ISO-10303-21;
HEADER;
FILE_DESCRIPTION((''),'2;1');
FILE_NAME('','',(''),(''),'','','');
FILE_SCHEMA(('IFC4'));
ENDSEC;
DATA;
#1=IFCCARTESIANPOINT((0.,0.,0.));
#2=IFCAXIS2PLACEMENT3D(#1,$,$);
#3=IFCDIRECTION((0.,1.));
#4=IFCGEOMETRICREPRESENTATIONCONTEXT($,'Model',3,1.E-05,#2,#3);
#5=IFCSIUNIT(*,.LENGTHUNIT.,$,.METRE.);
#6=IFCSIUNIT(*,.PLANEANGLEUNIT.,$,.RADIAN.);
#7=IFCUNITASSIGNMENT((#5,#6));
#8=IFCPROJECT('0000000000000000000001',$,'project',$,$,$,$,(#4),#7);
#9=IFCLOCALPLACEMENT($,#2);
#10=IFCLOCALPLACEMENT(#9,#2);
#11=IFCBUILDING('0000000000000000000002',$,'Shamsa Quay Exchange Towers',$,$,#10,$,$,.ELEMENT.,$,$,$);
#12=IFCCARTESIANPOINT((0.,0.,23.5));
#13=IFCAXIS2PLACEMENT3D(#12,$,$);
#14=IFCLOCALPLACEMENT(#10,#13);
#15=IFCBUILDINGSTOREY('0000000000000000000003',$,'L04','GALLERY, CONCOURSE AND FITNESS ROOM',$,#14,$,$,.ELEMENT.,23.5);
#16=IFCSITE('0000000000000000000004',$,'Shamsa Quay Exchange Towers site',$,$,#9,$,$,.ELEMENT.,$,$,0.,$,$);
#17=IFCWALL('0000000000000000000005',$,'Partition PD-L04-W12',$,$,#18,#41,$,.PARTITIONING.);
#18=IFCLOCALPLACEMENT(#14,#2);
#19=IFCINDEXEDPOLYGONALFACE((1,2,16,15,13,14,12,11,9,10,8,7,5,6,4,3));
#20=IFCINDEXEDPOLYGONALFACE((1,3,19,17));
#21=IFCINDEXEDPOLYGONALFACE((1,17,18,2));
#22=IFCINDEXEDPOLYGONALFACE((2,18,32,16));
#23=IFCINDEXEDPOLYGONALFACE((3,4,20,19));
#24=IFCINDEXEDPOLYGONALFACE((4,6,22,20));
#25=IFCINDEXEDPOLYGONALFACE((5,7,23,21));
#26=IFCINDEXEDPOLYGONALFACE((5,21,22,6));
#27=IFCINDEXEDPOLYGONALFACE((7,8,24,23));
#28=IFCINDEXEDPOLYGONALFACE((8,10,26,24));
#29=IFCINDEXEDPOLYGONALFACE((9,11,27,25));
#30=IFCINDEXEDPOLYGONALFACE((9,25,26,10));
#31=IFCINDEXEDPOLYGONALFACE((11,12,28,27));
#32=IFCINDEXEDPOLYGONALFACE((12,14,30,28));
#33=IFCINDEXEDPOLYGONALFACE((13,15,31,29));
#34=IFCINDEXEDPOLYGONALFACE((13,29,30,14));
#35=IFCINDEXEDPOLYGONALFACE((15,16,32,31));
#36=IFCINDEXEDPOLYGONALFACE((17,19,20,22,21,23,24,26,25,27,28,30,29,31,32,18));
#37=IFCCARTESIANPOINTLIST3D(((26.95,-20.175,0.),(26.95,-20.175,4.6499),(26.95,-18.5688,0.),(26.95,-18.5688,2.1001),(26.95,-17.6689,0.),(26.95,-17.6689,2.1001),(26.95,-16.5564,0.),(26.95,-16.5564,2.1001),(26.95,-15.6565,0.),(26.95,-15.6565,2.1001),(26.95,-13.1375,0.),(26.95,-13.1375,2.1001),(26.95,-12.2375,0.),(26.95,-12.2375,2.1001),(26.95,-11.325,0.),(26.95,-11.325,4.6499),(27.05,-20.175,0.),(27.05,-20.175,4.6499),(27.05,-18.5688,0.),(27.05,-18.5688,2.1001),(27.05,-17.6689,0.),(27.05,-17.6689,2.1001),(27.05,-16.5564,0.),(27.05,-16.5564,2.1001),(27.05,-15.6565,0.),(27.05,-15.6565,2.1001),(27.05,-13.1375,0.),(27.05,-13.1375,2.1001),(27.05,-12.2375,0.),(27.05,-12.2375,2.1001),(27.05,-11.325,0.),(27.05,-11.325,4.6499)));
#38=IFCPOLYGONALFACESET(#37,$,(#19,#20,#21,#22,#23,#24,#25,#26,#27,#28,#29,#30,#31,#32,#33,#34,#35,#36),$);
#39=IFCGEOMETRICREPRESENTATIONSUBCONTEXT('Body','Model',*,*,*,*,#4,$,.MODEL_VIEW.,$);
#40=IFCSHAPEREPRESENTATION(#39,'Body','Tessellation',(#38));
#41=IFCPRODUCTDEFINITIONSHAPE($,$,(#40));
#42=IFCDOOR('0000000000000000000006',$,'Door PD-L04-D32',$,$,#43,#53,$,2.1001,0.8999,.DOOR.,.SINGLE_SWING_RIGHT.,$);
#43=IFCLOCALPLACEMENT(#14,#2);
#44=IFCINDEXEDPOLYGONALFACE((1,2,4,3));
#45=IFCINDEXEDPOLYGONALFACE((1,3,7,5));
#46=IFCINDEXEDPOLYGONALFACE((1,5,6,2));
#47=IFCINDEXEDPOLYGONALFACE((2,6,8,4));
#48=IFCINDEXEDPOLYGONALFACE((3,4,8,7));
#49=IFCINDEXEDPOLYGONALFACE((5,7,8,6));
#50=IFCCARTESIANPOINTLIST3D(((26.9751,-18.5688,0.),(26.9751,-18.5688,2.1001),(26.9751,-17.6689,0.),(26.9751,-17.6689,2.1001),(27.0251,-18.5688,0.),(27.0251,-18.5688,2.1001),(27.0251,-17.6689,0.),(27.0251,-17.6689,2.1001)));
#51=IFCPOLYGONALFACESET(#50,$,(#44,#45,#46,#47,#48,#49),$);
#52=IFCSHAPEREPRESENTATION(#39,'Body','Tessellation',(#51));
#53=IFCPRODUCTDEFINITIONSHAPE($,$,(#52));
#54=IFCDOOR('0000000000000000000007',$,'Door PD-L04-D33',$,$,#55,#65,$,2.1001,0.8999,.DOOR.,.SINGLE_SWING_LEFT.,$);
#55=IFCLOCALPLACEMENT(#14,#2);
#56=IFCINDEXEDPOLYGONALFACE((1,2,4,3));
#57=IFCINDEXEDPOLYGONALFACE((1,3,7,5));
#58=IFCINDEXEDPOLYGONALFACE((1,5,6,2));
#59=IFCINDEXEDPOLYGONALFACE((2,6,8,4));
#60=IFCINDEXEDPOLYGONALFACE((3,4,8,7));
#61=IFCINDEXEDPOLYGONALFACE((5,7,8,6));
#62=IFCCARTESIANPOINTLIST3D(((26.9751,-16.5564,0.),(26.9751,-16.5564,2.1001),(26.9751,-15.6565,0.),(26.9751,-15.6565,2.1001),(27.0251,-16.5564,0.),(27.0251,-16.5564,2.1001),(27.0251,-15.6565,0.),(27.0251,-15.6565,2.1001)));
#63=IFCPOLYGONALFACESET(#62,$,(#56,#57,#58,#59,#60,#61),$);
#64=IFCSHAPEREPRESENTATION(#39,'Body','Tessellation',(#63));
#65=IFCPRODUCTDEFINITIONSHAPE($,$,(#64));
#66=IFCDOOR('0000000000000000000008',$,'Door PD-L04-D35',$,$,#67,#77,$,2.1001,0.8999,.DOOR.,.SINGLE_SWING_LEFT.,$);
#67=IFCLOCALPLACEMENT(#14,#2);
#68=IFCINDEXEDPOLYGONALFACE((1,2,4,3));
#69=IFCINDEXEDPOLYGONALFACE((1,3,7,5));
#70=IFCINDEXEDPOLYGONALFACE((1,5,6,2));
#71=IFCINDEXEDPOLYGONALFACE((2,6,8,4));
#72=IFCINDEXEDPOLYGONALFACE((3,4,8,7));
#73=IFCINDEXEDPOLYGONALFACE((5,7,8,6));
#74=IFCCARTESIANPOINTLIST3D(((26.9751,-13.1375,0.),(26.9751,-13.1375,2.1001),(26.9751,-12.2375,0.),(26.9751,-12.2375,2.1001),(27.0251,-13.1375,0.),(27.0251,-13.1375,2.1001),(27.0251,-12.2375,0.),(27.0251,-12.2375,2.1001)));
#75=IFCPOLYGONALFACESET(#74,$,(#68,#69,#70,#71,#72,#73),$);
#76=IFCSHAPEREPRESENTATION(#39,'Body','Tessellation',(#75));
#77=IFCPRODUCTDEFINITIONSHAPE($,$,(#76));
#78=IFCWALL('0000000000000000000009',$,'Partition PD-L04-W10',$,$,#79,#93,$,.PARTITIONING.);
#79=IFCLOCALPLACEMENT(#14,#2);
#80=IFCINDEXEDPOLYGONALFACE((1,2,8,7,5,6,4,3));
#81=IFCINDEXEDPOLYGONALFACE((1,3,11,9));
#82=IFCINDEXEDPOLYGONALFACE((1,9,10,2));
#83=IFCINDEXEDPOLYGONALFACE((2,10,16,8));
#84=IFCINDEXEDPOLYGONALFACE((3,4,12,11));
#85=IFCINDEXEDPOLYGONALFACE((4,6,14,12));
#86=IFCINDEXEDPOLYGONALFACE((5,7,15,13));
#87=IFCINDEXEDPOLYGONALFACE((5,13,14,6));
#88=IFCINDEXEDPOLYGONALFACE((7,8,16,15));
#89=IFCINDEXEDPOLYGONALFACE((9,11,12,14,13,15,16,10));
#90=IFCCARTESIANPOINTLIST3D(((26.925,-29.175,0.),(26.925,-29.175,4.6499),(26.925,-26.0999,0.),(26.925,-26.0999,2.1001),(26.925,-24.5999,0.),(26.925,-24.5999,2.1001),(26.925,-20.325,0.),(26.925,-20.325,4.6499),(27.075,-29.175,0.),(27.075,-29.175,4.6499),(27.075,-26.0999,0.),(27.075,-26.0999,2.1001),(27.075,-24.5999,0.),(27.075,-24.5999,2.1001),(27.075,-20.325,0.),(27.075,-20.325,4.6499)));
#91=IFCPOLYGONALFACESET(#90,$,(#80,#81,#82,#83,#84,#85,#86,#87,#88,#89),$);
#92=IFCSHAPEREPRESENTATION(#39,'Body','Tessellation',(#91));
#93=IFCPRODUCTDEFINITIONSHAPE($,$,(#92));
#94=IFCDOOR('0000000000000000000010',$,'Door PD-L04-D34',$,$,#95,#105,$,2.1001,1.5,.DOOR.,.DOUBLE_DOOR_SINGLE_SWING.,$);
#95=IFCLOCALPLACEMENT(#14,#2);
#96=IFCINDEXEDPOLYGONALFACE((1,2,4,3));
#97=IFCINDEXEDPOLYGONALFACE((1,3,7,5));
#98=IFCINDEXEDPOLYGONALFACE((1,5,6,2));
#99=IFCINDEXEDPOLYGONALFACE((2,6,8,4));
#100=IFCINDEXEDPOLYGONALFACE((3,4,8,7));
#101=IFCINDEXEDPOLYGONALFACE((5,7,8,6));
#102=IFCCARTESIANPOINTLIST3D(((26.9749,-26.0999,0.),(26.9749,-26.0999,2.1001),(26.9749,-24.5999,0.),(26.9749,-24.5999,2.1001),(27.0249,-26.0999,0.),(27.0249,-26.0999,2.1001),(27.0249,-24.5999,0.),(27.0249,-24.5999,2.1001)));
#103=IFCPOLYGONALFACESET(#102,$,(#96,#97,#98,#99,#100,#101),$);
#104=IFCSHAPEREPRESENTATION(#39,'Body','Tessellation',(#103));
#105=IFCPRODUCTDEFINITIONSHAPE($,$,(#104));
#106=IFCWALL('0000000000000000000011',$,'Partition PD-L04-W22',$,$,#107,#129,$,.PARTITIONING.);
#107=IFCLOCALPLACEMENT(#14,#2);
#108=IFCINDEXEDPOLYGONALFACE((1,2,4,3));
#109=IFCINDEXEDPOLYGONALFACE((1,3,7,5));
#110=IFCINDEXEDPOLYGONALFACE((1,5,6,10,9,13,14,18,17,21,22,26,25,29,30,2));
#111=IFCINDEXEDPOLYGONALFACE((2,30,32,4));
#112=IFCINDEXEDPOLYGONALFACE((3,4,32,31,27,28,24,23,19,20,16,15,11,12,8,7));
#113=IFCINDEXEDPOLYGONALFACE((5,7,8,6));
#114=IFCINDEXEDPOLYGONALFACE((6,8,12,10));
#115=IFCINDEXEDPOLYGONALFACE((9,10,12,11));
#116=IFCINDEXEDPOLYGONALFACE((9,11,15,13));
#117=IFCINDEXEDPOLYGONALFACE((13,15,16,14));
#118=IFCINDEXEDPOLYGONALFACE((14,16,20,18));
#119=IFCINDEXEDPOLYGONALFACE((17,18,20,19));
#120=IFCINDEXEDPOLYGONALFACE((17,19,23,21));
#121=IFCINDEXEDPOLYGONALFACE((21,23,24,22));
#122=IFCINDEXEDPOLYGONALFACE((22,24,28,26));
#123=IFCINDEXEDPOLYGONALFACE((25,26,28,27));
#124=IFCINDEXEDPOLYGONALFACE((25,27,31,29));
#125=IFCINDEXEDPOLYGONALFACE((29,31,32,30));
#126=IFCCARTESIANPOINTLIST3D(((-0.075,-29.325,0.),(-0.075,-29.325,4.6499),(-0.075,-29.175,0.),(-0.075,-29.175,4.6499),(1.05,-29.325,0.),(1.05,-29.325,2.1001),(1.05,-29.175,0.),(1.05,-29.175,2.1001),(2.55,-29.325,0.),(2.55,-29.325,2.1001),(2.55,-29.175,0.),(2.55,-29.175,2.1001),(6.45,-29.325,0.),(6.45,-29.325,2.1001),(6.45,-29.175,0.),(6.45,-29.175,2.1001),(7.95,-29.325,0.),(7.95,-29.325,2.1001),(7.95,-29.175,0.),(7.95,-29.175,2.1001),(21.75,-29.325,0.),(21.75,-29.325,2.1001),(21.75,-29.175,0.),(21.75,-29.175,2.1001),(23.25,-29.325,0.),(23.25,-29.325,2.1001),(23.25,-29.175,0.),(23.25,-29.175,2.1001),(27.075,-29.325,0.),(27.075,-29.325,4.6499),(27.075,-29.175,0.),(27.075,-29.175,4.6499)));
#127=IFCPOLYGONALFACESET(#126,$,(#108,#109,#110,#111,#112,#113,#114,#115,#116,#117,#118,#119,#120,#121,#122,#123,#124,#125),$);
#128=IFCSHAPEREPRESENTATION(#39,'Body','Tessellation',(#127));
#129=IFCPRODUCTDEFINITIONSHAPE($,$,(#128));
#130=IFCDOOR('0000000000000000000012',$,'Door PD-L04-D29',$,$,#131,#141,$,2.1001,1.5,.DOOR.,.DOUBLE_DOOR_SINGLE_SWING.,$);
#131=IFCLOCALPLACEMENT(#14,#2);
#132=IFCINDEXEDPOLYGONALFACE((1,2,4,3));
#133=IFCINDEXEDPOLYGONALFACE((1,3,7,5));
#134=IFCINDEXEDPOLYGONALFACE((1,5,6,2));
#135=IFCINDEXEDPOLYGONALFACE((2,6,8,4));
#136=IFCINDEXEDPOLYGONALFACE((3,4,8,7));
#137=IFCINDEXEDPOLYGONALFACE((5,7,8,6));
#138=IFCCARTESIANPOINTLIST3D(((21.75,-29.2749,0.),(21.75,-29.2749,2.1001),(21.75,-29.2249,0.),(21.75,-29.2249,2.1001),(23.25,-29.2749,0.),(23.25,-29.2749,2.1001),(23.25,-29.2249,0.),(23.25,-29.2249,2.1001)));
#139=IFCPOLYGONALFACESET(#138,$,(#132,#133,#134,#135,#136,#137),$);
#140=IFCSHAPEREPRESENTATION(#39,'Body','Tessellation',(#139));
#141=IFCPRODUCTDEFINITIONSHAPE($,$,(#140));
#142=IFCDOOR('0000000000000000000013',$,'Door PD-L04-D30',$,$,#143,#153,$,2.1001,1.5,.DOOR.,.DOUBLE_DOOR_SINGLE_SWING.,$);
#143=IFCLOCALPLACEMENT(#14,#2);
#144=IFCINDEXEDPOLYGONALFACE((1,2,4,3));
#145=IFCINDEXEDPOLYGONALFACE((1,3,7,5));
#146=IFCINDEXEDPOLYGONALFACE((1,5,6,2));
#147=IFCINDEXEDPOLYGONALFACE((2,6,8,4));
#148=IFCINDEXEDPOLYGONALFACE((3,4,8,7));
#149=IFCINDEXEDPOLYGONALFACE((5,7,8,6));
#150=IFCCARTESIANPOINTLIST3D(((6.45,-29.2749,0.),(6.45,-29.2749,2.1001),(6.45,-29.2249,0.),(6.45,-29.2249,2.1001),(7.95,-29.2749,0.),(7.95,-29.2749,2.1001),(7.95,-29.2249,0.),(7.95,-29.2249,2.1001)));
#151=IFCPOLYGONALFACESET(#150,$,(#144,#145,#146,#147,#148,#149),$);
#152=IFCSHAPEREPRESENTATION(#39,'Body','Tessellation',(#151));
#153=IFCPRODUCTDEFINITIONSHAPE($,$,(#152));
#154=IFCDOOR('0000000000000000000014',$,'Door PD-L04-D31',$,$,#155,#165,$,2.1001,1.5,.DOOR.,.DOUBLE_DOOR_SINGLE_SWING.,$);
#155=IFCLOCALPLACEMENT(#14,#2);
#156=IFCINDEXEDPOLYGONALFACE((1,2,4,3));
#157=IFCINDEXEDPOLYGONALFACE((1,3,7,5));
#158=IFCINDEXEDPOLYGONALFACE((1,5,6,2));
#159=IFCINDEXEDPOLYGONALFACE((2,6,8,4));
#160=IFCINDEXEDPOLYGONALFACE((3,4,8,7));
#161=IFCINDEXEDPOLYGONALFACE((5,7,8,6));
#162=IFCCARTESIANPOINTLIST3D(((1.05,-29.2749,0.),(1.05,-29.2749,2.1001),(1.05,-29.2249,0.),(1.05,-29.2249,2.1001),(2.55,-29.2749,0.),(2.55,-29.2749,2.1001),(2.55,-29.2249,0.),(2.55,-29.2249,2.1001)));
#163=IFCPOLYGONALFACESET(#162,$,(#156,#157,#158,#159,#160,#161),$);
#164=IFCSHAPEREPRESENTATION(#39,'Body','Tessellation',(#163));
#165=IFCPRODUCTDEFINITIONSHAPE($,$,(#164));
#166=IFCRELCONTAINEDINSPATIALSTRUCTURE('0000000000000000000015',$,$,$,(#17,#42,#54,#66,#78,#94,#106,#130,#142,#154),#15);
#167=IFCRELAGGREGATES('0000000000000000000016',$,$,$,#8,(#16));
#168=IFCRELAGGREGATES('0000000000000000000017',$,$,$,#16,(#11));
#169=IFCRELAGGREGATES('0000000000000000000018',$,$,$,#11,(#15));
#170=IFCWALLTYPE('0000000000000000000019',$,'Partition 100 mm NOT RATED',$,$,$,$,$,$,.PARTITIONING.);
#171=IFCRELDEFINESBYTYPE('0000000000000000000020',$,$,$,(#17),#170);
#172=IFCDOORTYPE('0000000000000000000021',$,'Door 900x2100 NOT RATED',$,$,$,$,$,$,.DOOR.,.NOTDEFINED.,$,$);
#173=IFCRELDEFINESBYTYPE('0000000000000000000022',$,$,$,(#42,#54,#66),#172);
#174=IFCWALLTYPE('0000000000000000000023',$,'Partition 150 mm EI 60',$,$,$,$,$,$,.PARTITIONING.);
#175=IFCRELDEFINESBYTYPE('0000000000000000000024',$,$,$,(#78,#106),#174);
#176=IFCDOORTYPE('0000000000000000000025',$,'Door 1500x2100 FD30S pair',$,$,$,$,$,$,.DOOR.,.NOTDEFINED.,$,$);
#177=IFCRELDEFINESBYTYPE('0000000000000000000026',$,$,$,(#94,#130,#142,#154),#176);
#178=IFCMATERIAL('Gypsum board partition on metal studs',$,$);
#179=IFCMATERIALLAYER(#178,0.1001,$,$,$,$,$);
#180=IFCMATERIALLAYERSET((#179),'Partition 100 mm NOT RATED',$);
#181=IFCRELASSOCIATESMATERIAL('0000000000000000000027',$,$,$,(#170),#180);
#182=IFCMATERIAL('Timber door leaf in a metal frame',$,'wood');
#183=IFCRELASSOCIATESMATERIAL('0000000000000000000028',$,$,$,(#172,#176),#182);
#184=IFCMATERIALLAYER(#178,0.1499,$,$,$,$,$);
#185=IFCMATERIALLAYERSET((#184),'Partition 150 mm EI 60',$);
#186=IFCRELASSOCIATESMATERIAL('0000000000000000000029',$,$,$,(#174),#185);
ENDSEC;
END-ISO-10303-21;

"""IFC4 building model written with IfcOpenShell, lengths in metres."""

from ifc_helpers import new_model, si_unit, direction, frame, frame_2d, origin, place, context, subcontext, project, spatial, rectangle, extrude, material, layer, layer_set, type_object, element, fill, save


model = new_model("IFC4")

# Units and contexts
model_context = context("Model", 3, precision=1e-05, world=origin(), true_north=direction((0.0, 1.0)))
body_context = subcontext(model_context, "Body", "Model", "MODEL_VIEW")
ifc_project = project(units=[si_unit("LENGTHUNIT", "METRE"), si_unit("PLANEANGLEUNIT", "RADIAN")], contexts=[model_context])

# Site, building, storey
site_placement = place(None, origin())
site = spatial("IfcSite", under=ifc_project, at=site_placement, Name="Shamsa Quay Exchange Towers site", CompositionType="ELEMENT", RefElevation=0.0)
building_placement = place(site_placement, origin())
building = spatial("IfcBuilding", under=site, at=building_placement, Name="Shamsa Quay Exchange Towers", CompositionType="ELEMENT")
storey_placement = place(building_placement, frame((0.0, 0.0, 23.5)))
storey = spatial("IfcBuildingStorey", under=building, at=storey_placement, Name="L04", Description="GALLERY, CONCOURSE AND FITNESS ROOM", CompositionType="ELEMENT", Elevation=23.5)

# Wall, openings, doors
ifc_material_1 = material(Name="Gypsum board partition on metal studs")
ifc_layer_1 = layer(ifc_material_1, 0.1001)
ifc_layer_set_1 = layer_set([ifc_layer_1], Name="Partition 100 mm NOT RATED")
wall_type_1 = type_object("IfcWallType", Name="Partition 100 mm NOT RATED", PredefinedType="PARTITIONING", material=ifc_layer_set_1)
wall_1_placement = place(storey_placement, frame((27.0, -20.175, 0.0), z_axis=(0.0, 0.0, 1.0), x_axis=(0.0, 1.0, 0.0)))
wall_1 = element("IfcWall", 1, at=wall_1_placement, inside=storey, type_object=wall_type_1, Name="Partition PD-L04-W12", PredefinedType="PARTITIONING", context=body_context, shape_type="SweptSolid", body=[
    extrude(rectangle(XDim=8.8501, YDim=0.1001, at=frame_2d((4.425, 0.0))), origin(), (0.0, 0.0, 1.0), 4.6499),
])
opening_1_placement = place(wall_1_placement, frame((1.6062, 0.0, 0.0)))
opening_1 = element("IfcOpeningElement", 2, at=opening_1_placement, cuts=wall_1, PredefinedType="OPENING", context=body_context, shape_type="SweptSolid", body=[
    extrude(rectangle(XDim=0.8999, YDim=2.1001, at=frame_2d((0.45, 1.05))), frame((0.0, 0.0601, 0.0), z_axis=(0.0, -1.0, 0.0), x_axis=(1.0, 0.0, 0.0)), (0.0, 0.0, 1.0), 0.1201),
])
opening_2_placement = place(wall_1_placement, frame((3.6187, 0.0, 0.0)))
opening_2 = element("IfcOpeningElement", 3, at=opening_2_placement, cuts=wall_1, PredefinedType="OPENING", context=body_context, shape_type="SweptSolid", body=[
    extrude(rectangle(XDim=0.8999, YDim=2.1001, at=frame_2d((0.45, 1.05))), frame((0.0, 0.0601, 0.0), z_axis=(0.0, -1.0, 0.0), x_axis=(1.0, 0.0, 0.0)), (0.0, 0.0, 1.0), 0.1201),
])
opening_3_placement = place(wall_1_placement, frame((7.0376, 0.0, 0.0)))
opening_3 = element("IfcOpeningElement", 4, at=opening_3_placement, cuts=wall_1, PredefinedType="OPENING", context=body_context, shape_type="SweptSolid", body=[
    extrude(rectangle(XDim=0.8999, YDim=2.1001, at=frame_2d((0.45, 1.05))), frame((0.0, 0.0601, 0.0), z_axis=(0.0, -1.0, 0.0), x_axis=(1.0, 0.0, 0.0)), (0.0, 0.0, 1.0), 0.1201),
])
ifc_material_2 = material(Name="Timber door leaf in a metal frame", Category="wood")
door_type_1 = type_object("IfcDoorType", Name="Door 900x2100 NOT RATED", OperationType="NOTDEFINED", PredefinedType="DOOR", material=ifc_material_2)
door_1_placement = place(opening_1_placement, origin())
door_1 = element("IfcDoor", 5, at=door_1_placement, inside=storey, type_object=door_type_1, Name="Door PD-L04-D32", OperationType="SINGLE_SWING_RIGHT", OverallHeight=2.1001, OverallWidth=0.8999, PredefinedType="DOOR", context=body_context, shape_type="SweptSolid", body=[
    extrude(rectangle(XDim=0.8999, YDim=2.1001, at=frame_2d((0.45, 1.05))), frame((0.0, 0.0249, 0.0), z_axis=(0.0, -1.0, 0.0), x_axis=(1.0, 0.0, 0.0)), (0.0, 0.0, 1.0), 0.05),
])
fill(opening_1, door_1)
door_2_placement = place(opening_2_placement, origin())
door_2 = element("IfcDoor", 6, at=door_2_placement, inside=storey, type_object=door_type_1, Name="Door PD-L04-D33", OperationType="SINGLE_SWING_LEFT", OverallHeight=2.1001, OverallWidth=0.8999, PredefinedType="DOOR", context=body_context, shape_type="SweptSolid", body=[
    extrude(rectangle(XDim=0.8999, YDim=2.1001, at=frame_2d((0.45, 1.05))), frame((0.0, 0.0249, 0.0), z_axis=(0.0, -1.0, 0.0), x_axis=(1.0, 0.0, 0.0)), (0.0, 0.0, 1.0), 0.05),
])
fill(opening_2, door_2)
door_3_placement = place(opening_3_placement, origin())
door_3 = element("IfcDoor", 7, at=door_3_placement, inside=storey, type_object=door_type_1, Name="Door PD-L04-D35", OperationType="SINGLE_SWING_LEFT", OverallHeight=2.1001, OverallWidth=0.8999, PredefinedType="DOOR", context=body_context, shape_type="SweptSolid", body=[
    extrude(rectangle(XDim=0.8999, YDim=2.1001, at=frame_2d((0.45, 1.05))), frame((0.0, 0.0249, 0.0), z_axis=(0.0, -1.0, 0.0), x_axis=(1.0, 0.0, 0.0)), (0.0, 0.0, 1.0), 0.05),
])
fill(opening_3, door_3)

# Wall, opening, door
ifc_layer_2 = layer(ifc_material_1, 0.1499)
ifc_layer_set_2 = layer_set([ifc_layer_2], Name="Partition 150 mm EI 60")
wall_type_2 = type_object("IfcWallType", Name="Partition 150 mm EI 60", PredefinedType="PARTITIONING", material=ifc_layer_set_2)
wall_2_placement = place(storey_placement, frame((27.0, -20.325, 0.0), z_axis=(0.0, 0.0, 1.0), x_axis=(0.0, -1.0, 0.0)))
wall_2 = element("IfcWall", 8, at=wall_2_placement, inside=storey, type_object=wall_type_2, Name="Partition PD-L04-W10", PredefinedType="PARTITIONING", context=body_context, shape_type="SweptSolid", body=[
    extrude(rectangle(XDim=8.8501, YDim=0.1499, at=frame_2d((4.425, 0.0))), origin(), (0.0, 0.0, 1.0), 4.6499),
])
opening_4_placement = place(wall_2_placement, frame((4.2749, 0.0, 0.0)))
opening_4 = element("IfcOpeningElement", 9, at=opening_4_placement, cuts=wall_2, PredefinedType="OPENING", context=body_context, shape_type="SweptSolid", body=[
    extrude(rectangle(XDim=1.5, YDim=2.1001, at=frame_2d((0.75, 1.05))), frame((0.0, 0.085, 0.0), z_axis=(0.0, -1.0, 0.0), x_axis=(1.0, 0.0, 0.0)), (0.0, 0.0, 1.0), 0.1699),
])
door_type_2 = type_object("IfcDoorType", Name="Door 1500x2100 FD30S pair", OperationType="NOTDEFINED", PredefinedType="DOOR", material=ifc_material_2)
door_4_placement = place(opening_4_placement, origin())
door_4 = element("IfcDoor", 10, at=door_4_placement, inside=storey, type_object=door_type_2, Name="Door PD-L04-D34", OperationType="DOUBLE_DOOR_SINGLE_SWING", OverallHeight=2.1001, OverallWidth=1.5, PredefinedType="DOOR", context=body_context, shape_type="SweptSolid", body=[
    extrude(rectangle(XDim=1.5, YDim=2.1001, at=frame_2d((0.75, 1.05))), frame((0.0, 0.0249, 0.0), z_axis=(0.0, -1.0, 0.0), x_axis=(1.0, 0.0, 0.0)), (0.0, 0.0, 1.0), 0.05),
])
fill(opening_4, door_4)

# Wall, openings, doors
wall_3_placement = place(storey_placement, frame((27.075, -29.25, 0.0), z_axis=(0.0, 0.0, 1.0), x_axis=(-1.0, 0.0, 0.0)))
wall_3 = element("IfcWall", 11, at=wall_3_placement, inside=storey, type_object=wall_type_2, Name="Partition PD-L04-W22", PredefinedType="PARTITIONING", context=body_context, shape_type="SweptSolid", body=[
    extrude(rectangle(XDim=27.1499, YDim=0.1499, at=frame_2d((13.575, 0.0))), origin(), (0.0, 0.0, 1.0), 4.6499),
])
opening_5_placement = place(wall_3_placement, frame((3.825, 0.0, 0.0)))
opening_5 = element("IfcOpeningElement", 12, at=opening_5_placement, cuts=wall_3, PredefinedType="OPENING", context=body_context, shape_type="SweptSolid", body=[
    extrude(rectangle(XDim=1.5, YDim=2.1001, at=frame_2d((0.75, 1.05))), frame((0.0, 0.085, 0.0), z_axis=(0.0, -1.0, 0.0), x_axis=(1.0, 0.0, 0.0)), (0.0, 0.0, 1.0), 0.1699),
])
opening_6_placement = place(wall_3_placement, frame((19.125, 0.0, 0.0)))
opening_6 = element("IfcOpeningElement", 13, at=opening_6_placement, cuts=wall_3, PredefinedType="OPENING", context=body_context, shape_type="SweptSolid", body=[
    extrude(rectangle(XDim=1.5, YDim=2.1001, at=frame_2d((0.75, 1.05))), frame((0.0, 0.085, 0.0), z_axis=(0.0, -1.0, 0.0), x_axis=(1.0, 0.0, 0.0)), (0.0, 0.0, 1.0), 0.1699),
])
opening_7_placement = place(wall_3_placement, frame((24.5249, 0.0, 0.0)))
opening_7 = element("IfcOpeningElement", 14, at=opening_7_placement, cuts=wall_3, PredefinedType="OPENING", context=body_context, shape_type="SweptSolid", body=[
    extrude(rectangle(XDim=1.5, YDim=2.1001, at=frame_2d((0.75, 1.05))), frame((0.0, 0.085, 0.0), z_axis=(0.0, -1.0, 0.0), x_axis=(1.0, 0.0, 0.0)), (0.0, 0.0, 1.0), 0.1699),
])
door_5_placement = place(opening_5_placement, origin())
door_5 = element("IfcDoor", 15, at=door_5_placement, inside=storey, type_object=door_type_2, Name="Door PD-L04-D29", OperationType="DOUBLE_DOOR_SINGLE_SWING", OverallHeight=2.1001, OverallWidth=1.5, PredefinedType="DOOR", context=body_context, shape_type="SweptSolid", body=[
    extrude(rectangle(XDim=1.5, YDim=2.1001, at=frame_2d((0.75, 1.05))), frame((0.0, 0.0249, 0.0), z_axis=(0.0, -1.0, 0.0), x_axis=(1.0, 0.0, 0.0)), (0.0, 0.0, 1.0), 0.05),
])
fill(opening_5, door_5)
door_6_placement = place(opening_6_placement, origin())
door_6 = element("IfcDoor", 16, at=door_6_placement, inside=storey, type_object=door_type_2, Name="Door PD-L04-D30", OperationType="DOUBLE_DOOR_SINGLE_SWING", OverallHeight=2.1001, OverallWidth=1.5, PredefinedType="DOOR", context=body_context, shape_type="SweptSolid", body=[
    extrude(rectangle(XDim=1.5, YDim=2.1001, at=frame_2d((0.75, 1.05))), frame((0.0, 0.0249, 0.0), z_axis=(0.0, -1.0, 0.0), x_axis=(1.0, 0.0, 0.0)), (0.0, 0.0, 1.0), 0.05),
])
fill(opening_6, door_6)
door_7_placement = place(opening_7_placement, origin())
door_7 = element("IfcDoor", 17, at=door_7_placement, inside=storey, type_object=door_type_2, Name="Door PD-L04-D31", OperationType="DOUBLE_DOOR_SINGLE_SWING", OverallHeight=2.1001, OverallWidth=1.5, PredefinedType="DOOR", context=body_context, shape_type="SweptSolid", body=[
    extrude(rectangle(XDim=1.5, YDim=2.1001, at=frame_2d((0.75, 1.05))), frame((0.0, 0.0249, 0.0), z_axis=(0.0, -1.0, 0.0), x_axis=(1.0, 0.0, 0.0)), (0.0, 0.0, 1.0), 0.05),
])
fill(opening_7, door_7)

save(model, "model.ifc")
